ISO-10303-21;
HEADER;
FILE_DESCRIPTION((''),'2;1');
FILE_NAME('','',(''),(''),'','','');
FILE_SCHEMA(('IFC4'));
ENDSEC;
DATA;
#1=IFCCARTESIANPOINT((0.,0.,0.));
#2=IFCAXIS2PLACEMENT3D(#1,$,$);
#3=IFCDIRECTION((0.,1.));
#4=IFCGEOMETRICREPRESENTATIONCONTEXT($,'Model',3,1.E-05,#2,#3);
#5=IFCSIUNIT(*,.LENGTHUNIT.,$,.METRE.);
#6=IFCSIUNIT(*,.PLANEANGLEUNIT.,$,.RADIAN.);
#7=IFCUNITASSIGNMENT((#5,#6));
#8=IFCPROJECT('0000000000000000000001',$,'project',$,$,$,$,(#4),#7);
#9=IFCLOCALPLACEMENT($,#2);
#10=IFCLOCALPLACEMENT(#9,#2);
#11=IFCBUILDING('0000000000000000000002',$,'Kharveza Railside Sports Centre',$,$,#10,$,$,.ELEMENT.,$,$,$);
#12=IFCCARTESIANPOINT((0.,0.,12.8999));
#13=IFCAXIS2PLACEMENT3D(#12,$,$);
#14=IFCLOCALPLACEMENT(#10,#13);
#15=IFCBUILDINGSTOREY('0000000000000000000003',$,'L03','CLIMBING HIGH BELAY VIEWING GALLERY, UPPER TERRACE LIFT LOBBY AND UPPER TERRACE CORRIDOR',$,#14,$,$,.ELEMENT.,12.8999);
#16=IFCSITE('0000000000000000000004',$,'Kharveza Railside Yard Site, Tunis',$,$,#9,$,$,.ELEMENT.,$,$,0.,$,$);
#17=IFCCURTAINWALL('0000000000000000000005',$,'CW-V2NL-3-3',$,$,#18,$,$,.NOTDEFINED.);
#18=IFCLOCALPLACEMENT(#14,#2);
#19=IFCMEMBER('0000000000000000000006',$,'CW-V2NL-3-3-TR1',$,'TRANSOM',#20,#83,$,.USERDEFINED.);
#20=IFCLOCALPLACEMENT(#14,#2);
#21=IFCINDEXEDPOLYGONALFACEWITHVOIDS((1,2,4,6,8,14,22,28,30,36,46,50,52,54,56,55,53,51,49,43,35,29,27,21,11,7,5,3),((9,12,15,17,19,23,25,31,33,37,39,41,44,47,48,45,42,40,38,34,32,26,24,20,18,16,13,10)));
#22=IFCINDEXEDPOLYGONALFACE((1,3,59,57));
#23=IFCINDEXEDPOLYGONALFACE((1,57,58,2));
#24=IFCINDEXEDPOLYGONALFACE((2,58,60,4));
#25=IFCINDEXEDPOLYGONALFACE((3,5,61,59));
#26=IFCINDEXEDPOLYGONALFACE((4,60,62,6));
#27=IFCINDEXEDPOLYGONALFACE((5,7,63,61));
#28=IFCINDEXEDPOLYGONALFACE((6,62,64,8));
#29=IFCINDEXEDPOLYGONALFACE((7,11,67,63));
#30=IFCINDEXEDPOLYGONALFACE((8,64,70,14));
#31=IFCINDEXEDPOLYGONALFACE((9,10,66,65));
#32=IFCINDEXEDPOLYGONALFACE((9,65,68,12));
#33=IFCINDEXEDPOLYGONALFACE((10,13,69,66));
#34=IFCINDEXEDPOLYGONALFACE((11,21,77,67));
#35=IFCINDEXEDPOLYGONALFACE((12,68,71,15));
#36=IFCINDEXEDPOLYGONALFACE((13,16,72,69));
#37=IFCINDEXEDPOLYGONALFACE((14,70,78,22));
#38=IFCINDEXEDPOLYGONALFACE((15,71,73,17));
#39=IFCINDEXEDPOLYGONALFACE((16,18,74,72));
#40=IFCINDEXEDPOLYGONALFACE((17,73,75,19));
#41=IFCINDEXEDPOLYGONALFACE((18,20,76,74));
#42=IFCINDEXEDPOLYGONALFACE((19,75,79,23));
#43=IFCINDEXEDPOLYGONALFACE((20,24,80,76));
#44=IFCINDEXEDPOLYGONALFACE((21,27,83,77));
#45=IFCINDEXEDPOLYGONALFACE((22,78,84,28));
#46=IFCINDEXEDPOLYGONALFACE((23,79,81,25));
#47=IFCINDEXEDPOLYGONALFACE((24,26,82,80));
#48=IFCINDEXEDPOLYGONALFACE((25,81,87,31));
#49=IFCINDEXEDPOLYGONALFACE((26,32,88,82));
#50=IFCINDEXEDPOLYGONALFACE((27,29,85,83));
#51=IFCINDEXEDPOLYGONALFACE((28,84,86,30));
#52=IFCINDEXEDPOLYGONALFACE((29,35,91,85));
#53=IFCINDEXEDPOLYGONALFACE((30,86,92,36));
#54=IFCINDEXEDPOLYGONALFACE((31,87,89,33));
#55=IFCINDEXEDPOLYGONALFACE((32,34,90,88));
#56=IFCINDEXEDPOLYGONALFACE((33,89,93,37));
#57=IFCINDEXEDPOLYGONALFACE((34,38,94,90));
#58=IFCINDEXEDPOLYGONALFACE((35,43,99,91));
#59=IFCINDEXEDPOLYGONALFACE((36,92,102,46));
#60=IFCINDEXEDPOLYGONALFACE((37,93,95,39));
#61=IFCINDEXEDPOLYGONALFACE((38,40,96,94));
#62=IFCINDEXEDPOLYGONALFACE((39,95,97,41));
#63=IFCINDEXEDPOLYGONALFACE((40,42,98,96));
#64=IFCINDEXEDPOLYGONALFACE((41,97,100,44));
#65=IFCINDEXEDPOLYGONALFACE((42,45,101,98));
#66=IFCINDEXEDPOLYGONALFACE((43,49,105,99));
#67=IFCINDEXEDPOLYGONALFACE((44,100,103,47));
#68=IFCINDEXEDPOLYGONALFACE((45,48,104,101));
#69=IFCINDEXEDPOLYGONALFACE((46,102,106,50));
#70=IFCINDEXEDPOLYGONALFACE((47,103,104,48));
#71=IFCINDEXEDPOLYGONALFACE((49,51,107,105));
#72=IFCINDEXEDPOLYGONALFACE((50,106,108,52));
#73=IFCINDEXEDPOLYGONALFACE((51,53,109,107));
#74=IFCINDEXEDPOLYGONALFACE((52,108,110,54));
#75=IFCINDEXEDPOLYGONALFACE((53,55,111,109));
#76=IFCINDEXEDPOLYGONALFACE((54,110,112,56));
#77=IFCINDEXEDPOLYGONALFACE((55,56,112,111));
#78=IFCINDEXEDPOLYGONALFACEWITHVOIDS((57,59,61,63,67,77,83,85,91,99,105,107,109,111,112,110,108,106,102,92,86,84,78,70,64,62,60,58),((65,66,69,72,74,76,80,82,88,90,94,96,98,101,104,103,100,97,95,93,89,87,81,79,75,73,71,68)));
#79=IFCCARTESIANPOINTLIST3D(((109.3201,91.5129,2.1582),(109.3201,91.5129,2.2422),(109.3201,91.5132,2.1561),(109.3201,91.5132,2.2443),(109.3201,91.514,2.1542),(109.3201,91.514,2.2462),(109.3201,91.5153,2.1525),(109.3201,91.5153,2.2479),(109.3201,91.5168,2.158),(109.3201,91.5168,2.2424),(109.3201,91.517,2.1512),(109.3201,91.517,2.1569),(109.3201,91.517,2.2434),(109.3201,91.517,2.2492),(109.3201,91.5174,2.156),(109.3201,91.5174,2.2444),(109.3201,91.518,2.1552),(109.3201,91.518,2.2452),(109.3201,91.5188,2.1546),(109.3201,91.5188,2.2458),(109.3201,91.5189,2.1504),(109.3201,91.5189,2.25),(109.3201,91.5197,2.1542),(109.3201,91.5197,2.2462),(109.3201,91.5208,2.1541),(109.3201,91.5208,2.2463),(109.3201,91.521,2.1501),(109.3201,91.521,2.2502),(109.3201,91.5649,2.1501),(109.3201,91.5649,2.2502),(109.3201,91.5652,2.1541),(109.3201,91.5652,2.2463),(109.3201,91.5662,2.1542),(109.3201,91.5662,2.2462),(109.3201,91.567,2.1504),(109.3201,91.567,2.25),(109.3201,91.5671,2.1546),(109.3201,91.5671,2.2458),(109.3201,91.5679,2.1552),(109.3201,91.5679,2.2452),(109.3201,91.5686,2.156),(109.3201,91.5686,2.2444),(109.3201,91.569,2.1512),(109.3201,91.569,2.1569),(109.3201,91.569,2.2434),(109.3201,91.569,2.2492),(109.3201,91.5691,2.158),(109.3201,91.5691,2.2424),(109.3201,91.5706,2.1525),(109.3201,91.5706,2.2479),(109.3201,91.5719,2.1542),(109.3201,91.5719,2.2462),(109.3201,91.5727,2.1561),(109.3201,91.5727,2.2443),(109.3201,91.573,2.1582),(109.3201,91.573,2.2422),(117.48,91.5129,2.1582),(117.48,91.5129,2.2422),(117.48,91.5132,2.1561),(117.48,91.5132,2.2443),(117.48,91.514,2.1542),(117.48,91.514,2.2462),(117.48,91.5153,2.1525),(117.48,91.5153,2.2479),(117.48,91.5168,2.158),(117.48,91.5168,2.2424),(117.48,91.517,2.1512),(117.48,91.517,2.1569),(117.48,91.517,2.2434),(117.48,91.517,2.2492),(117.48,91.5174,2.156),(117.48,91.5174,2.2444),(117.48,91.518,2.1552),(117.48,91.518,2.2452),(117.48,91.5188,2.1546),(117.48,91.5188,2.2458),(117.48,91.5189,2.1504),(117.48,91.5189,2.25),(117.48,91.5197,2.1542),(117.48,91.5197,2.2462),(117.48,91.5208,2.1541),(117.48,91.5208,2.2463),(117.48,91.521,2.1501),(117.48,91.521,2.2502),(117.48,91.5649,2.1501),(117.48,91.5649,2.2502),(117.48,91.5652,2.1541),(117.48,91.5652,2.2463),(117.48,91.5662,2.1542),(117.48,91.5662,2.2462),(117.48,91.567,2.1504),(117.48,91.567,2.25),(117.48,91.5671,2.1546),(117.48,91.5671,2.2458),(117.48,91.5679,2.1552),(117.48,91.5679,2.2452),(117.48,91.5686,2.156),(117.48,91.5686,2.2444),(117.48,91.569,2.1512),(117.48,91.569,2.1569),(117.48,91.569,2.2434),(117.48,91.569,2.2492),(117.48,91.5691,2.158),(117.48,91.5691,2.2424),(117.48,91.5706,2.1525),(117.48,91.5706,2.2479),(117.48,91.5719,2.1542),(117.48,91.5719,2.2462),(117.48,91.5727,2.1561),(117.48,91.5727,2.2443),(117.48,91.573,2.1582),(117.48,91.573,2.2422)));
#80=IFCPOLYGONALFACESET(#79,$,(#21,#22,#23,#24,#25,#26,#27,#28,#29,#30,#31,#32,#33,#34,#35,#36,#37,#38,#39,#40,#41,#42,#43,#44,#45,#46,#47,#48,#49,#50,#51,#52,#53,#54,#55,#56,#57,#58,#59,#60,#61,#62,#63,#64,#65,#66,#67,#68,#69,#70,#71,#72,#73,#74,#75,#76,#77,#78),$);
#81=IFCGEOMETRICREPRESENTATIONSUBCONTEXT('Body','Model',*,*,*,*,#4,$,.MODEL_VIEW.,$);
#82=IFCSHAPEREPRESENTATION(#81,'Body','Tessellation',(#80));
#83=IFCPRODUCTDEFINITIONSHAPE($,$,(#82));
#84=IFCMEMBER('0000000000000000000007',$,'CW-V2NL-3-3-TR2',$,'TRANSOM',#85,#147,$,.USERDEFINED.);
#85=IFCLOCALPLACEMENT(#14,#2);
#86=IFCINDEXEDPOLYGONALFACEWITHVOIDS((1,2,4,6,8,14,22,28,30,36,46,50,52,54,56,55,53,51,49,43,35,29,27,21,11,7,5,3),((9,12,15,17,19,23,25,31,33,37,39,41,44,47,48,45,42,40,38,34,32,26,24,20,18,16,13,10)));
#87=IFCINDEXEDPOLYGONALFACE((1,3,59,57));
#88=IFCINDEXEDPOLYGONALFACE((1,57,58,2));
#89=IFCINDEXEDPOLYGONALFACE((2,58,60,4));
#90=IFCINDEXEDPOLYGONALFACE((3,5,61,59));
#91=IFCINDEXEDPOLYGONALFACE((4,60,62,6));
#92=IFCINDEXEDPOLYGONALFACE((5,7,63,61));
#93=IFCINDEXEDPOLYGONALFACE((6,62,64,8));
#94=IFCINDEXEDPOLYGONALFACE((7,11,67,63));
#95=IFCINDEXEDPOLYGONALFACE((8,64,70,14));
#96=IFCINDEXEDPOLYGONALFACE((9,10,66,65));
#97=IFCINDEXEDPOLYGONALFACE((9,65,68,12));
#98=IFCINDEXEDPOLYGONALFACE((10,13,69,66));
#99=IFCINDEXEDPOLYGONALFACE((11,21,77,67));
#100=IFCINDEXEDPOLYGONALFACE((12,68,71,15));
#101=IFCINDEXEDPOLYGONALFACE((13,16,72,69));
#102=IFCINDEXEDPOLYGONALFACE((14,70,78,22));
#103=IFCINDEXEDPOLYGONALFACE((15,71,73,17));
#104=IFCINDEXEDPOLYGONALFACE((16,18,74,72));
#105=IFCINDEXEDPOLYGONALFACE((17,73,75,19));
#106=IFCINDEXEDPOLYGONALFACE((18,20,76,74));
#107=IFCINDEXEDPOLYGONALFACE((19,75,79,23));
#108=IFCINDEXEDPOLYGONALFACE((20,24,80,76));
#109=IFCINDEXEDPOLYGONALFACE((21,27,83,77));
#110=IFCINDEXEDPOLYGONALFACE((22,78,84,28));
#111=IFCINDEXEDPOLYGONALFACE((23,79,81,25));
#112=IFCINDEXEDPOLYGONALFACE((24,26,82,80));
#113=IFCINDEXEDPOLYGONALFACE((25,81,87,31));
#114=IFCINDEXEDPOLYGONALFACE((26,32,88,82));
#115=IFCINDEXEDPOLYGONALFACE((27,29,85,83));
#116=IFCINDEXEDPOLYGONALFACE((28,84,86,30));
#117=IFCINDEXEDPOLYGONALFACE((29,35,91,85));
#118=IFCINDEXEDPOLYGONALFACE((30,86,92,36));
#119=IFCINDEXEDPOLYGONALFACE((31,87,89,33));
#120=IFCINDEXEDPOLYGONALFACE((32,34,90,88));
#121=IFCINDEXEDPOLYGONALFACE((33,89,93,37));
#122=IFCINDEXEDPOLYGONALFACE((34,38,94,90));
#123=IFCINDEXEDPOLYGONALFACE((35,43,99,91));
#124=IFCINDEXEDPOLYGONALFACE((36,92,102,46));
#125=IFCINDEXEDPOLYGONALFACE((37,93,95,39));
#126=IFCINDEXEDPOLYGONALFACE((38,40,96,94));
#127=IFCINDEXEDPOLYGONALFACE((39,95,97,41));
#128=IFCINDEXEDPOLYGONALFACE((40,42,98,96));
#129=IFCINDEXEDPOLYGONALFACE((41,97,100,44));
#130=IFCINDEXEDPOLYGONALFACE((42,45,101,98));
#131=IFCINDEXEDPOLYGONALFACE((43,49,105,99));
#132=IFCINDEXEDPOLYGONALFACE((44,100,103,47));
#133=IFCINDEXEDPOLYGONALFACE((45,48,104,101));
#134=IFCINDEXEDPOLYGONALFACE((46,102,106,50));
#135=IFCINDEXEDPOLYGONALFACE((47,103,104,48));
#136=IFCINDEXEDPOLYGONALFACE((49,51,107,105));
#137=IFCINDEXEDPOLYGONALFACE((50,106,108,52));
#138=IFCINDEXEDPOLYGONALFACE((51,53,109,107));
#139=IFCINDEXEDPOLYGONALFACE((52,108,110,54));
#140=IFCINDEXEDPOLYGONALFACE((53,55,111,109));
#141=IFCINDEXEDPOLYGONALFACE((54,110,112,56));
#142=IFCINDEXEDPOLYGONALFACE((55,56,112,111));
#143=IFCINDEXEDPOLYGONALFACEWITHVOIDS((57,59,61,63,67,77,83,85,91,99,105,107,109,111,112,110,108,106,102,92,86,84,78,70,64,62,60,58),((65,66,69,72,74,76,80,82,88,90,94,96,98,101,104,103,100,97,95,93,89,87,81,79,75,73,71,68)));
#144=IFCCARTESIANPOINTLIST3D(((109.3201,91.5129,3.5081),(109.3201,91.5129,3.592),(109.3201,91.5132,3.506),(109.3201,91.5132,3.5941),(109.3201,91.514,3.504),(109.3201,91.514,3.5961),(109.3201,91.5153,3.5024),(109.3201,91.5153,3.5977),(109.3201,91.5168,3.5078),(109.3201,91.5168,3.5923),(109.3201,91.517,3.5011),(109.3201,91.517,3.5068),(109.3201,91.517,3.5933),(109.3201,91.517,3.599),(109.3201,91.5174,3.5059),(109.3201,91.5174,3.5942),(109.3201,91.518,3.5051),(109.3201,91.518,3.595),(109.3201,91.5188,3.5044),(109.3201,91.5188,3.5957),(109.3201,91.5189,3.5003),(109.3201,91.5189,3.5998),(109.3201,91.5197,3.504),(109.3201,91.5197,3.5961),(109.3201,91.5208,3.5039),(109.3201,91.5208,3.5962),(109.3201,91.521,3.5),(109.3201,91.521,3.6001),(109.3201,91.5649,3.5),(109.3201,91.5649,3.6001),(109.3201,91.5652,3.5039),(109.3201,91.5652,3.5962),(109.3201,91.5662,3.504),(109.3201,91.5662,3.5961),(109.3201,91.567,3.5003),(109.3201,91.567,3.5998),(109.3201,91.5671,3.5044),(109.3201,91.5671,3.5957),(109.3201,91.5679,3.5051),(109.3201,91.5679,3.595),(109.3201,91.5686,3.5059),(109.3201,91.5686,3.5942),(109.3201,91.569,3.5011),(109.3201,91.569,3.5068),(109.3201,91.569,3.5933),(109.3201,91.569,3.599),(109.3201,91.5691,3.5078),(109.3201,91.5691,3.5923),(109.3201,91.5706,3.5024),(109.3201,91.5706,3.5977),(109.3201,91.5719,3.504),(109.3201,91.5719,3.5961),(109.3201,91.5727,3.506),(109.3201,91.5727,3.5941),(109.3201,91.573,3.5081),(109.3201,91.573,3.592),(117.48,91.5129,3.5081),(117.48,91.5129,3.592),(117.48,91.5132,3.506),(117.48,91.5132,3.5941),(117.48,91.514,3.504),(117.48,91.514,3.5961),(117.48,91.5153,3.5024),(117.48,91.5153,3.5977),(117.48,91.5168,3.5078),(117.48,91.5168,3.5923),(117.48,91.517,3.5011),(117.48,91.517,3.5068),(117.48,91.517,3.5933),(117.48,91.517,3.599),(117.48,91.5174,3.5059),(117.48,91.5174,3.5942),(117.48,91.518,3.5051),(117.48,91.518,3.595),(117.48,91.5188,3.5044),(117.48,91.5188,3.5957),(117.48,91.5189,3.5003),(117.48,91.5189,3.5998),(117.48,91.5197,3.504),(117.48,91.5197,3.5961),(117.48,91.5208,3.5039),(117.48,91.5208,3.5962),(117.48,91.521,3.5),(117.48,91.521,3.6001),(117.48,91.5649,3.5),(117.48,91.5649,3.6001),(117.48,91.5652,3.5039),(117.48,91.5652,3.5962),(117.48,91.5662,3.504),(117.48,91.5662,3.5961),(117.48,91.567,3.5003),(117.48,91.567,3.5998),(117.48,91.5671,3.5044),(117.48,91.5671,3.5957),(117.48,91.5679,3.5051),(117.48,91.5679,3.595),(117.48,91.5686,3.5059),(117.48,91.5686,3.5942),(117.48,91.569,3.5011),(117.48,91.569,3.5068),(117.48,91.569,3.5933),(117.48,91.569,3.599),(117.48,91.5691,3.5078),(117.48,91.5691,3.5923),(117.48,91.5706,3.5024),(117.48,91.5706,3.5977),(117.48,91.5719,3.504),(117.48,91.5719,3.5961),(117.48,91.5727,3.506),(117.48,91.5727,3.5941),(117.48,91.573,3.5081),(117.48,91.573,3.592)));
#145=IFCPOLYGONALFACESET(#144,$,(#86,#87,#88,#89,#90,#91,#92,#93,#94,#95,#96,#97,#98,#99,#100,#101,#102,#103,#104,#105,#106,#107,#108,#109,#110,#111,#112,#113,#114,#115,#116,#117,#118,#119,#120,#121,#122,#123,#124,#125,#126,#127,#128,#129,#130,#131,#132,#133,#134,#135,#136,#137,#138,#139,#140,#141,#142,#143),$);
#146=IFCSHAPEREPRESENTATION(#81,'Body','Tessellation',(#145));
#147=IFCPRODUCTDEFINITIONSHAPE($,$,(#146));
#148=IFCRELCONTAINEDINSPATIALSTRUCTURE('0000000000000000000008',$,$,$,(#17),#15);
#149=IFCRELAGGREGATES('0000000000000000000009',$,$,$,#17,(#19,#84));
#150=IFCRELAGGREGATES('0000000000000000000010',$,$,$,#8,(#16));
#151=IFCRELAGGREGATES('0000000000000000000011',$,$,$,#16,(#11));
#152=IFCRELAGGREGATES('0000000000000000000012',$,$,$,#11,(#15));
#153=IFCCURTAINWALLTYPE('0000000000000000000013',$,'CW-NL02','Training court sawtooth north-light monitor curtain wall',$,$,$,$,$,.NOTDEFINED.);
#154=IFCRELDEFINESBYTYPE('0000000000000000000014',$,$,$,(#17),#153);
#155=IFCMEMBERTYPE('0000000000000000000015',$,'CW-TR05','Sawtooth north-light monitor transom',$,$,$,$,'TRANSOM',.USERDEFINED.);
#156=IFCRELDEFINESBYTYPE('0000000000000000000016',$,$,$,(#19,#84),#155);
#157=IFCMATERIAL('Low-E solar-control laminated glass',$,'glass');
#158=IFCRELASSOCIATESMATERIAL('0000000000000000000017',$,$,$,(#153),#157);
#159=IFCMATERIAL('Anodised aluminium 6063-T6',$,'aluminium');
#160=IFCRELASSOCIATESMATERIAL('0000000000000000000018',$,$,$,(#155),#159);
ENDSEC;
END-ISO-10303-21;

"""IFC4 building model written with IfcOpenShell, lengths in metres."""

from ifc_helpers import new_model, si_unit, direction, frame, origin, origin_2d, place, context, subcontext, project, spatial, hollow_rectangle, extrude, material, material_profile, profile_set, type_object, element, aggregate, save


model = new_model("IFC4")

# Units and contexts
model_context = context("Model", 3, precision=1e-05, world=origin(), true_north=direction((0.0, 1.0)))
body_context = subcontext(model_context, "Body", "Model", "MODEL_VIEW")
ifc_project = project(units=[si_unit("LENGTHUNIT", "METRE"), si_unit("PLANEANGLEUNIT", "RADIAN")], contexts=[model_context])

# Site, building, storey
site_placement = place(None, origin())
site = spatial("IfcSite", under=ifc_project, at=site_placement, Name="Kharveza Railside Yard Site, Tunis", CompositionType="ELEMENT", RefElevation=0.0)
building_placement = place(site_placement, origin())
building = spatial("IfcBuilding", under=site, at=building_placement, Name="Kharveza Railside Sports Centre", CompositionType="ELEMENT")
storey_placement = place(building_placement, frame((0.0, 0.0, 12.8999)))
storey = spatial("IfcBuildingStorey", under=building, at=storey_placement, Name="L03", Description="CLIMBING HIGH BELAY VIEWING GALLERY, UPPER TERRACE LIFT LOBBY AND UPPER TERRACE CORRIDOR", CompositionType="ELEMENT", Elevation=12.8999)

# Curtain wall
ifc_material_1 = material(Name="Low-E solar-control laminated glass", Category="glass")
curtain_wall_type = type_object("IfcCurtainWallType", Name="CW-NL02", Description="Training court sawtooth north-light monitor curtain wall", PredefinedType="NOTDEFINED", material=ifc_material_1)
curtain_wall_1_placement = place(storey_placement, origin())
curtain_wall_1 = element("IfcCurtainWall", 1, at=curtain_wall_1_placement, inside=storey, type_object=curtain_wall_type, Name="CW-V2NL-3-3", PredefinedType="NOTDEFINED")
ifc_material_2 = material(Name="Anodised aluminium 6063-T6", Category="aluminium")

# Members
ifc_material_profile_1 = material_profile(ifc_material_2, hollow_rectangle(XDim=0.0601, YDim=0.1001, WallThickness=0.0039, InnerFilletRadius=0.0039, OuterFilletRadius=0.0081, at=origin_2d()), Name="RHS 60x100x4.0")
ifc_profile_set_1 = profile_set([ifc_material_profile_1], Name="Anodised aluminium 6063-T6")
member_type_1 = type_object("IfcMemberType", Name="CW-TR05", Description="Sawtooth north-light monitor transom", ElementType="TRANSOM", PredefinedType="USERDEFINED", material=ifc_profile_set_1)
member_1_placement = place(storey_placement, frame((109.3201, 91.543, 2.2002), z_axis=(1.0, 0.0, 0.0), x_axis=(0.0, 1.0, 0.0)))
member_1 = element("IfcMember", 2, at=member_1_placement, type_object=member_type_1, Name="CW-V2NL-3-3-TR1", ObjectType="TRANSOM", PredefinedType="USERDEFINED", context=body_context, shape_type="SweptSolid", body=[
    extrude(hollow_rectangle(XDim=0.0601, YDim=0.1001, WallThickness=0.0039, InnerFilletRadius=0.0039, OuterFilletRadius=0.0081, at=origin_2d()), origin(), (0.0, 0.0, 1.0), 8.1599),
])
member_2_placement = place(storey_placement, frame((109.3201, 91.543, 3.55), z_axis=(1.0, 0.0, 0.0), x_axis=(0.0, 1.0, 0.0)))
member_2 = element("IfcMember", 3, at=member_2_placement, type_object=member_type_1, Name="CW-V2NL-3-3-TR2", ObjectType="TRANSOM", PredefinedType="USERDEFINED", context=body_context, shape_type="SweptSolid", body=[
    extrude(hollow_rectangle(XDim=0.0601, YDim=0.1001, WallThickness=0.0039, InnerFilletRadius=0.0039, OuterFilletRadius=0.0081, at=origin_2d()), origin(), (0.0, 0.0, 1.0), 8.1599),
])

aggregate(curtain_wall_1, [member_1, member_2])

save(model, "model.ifc")
